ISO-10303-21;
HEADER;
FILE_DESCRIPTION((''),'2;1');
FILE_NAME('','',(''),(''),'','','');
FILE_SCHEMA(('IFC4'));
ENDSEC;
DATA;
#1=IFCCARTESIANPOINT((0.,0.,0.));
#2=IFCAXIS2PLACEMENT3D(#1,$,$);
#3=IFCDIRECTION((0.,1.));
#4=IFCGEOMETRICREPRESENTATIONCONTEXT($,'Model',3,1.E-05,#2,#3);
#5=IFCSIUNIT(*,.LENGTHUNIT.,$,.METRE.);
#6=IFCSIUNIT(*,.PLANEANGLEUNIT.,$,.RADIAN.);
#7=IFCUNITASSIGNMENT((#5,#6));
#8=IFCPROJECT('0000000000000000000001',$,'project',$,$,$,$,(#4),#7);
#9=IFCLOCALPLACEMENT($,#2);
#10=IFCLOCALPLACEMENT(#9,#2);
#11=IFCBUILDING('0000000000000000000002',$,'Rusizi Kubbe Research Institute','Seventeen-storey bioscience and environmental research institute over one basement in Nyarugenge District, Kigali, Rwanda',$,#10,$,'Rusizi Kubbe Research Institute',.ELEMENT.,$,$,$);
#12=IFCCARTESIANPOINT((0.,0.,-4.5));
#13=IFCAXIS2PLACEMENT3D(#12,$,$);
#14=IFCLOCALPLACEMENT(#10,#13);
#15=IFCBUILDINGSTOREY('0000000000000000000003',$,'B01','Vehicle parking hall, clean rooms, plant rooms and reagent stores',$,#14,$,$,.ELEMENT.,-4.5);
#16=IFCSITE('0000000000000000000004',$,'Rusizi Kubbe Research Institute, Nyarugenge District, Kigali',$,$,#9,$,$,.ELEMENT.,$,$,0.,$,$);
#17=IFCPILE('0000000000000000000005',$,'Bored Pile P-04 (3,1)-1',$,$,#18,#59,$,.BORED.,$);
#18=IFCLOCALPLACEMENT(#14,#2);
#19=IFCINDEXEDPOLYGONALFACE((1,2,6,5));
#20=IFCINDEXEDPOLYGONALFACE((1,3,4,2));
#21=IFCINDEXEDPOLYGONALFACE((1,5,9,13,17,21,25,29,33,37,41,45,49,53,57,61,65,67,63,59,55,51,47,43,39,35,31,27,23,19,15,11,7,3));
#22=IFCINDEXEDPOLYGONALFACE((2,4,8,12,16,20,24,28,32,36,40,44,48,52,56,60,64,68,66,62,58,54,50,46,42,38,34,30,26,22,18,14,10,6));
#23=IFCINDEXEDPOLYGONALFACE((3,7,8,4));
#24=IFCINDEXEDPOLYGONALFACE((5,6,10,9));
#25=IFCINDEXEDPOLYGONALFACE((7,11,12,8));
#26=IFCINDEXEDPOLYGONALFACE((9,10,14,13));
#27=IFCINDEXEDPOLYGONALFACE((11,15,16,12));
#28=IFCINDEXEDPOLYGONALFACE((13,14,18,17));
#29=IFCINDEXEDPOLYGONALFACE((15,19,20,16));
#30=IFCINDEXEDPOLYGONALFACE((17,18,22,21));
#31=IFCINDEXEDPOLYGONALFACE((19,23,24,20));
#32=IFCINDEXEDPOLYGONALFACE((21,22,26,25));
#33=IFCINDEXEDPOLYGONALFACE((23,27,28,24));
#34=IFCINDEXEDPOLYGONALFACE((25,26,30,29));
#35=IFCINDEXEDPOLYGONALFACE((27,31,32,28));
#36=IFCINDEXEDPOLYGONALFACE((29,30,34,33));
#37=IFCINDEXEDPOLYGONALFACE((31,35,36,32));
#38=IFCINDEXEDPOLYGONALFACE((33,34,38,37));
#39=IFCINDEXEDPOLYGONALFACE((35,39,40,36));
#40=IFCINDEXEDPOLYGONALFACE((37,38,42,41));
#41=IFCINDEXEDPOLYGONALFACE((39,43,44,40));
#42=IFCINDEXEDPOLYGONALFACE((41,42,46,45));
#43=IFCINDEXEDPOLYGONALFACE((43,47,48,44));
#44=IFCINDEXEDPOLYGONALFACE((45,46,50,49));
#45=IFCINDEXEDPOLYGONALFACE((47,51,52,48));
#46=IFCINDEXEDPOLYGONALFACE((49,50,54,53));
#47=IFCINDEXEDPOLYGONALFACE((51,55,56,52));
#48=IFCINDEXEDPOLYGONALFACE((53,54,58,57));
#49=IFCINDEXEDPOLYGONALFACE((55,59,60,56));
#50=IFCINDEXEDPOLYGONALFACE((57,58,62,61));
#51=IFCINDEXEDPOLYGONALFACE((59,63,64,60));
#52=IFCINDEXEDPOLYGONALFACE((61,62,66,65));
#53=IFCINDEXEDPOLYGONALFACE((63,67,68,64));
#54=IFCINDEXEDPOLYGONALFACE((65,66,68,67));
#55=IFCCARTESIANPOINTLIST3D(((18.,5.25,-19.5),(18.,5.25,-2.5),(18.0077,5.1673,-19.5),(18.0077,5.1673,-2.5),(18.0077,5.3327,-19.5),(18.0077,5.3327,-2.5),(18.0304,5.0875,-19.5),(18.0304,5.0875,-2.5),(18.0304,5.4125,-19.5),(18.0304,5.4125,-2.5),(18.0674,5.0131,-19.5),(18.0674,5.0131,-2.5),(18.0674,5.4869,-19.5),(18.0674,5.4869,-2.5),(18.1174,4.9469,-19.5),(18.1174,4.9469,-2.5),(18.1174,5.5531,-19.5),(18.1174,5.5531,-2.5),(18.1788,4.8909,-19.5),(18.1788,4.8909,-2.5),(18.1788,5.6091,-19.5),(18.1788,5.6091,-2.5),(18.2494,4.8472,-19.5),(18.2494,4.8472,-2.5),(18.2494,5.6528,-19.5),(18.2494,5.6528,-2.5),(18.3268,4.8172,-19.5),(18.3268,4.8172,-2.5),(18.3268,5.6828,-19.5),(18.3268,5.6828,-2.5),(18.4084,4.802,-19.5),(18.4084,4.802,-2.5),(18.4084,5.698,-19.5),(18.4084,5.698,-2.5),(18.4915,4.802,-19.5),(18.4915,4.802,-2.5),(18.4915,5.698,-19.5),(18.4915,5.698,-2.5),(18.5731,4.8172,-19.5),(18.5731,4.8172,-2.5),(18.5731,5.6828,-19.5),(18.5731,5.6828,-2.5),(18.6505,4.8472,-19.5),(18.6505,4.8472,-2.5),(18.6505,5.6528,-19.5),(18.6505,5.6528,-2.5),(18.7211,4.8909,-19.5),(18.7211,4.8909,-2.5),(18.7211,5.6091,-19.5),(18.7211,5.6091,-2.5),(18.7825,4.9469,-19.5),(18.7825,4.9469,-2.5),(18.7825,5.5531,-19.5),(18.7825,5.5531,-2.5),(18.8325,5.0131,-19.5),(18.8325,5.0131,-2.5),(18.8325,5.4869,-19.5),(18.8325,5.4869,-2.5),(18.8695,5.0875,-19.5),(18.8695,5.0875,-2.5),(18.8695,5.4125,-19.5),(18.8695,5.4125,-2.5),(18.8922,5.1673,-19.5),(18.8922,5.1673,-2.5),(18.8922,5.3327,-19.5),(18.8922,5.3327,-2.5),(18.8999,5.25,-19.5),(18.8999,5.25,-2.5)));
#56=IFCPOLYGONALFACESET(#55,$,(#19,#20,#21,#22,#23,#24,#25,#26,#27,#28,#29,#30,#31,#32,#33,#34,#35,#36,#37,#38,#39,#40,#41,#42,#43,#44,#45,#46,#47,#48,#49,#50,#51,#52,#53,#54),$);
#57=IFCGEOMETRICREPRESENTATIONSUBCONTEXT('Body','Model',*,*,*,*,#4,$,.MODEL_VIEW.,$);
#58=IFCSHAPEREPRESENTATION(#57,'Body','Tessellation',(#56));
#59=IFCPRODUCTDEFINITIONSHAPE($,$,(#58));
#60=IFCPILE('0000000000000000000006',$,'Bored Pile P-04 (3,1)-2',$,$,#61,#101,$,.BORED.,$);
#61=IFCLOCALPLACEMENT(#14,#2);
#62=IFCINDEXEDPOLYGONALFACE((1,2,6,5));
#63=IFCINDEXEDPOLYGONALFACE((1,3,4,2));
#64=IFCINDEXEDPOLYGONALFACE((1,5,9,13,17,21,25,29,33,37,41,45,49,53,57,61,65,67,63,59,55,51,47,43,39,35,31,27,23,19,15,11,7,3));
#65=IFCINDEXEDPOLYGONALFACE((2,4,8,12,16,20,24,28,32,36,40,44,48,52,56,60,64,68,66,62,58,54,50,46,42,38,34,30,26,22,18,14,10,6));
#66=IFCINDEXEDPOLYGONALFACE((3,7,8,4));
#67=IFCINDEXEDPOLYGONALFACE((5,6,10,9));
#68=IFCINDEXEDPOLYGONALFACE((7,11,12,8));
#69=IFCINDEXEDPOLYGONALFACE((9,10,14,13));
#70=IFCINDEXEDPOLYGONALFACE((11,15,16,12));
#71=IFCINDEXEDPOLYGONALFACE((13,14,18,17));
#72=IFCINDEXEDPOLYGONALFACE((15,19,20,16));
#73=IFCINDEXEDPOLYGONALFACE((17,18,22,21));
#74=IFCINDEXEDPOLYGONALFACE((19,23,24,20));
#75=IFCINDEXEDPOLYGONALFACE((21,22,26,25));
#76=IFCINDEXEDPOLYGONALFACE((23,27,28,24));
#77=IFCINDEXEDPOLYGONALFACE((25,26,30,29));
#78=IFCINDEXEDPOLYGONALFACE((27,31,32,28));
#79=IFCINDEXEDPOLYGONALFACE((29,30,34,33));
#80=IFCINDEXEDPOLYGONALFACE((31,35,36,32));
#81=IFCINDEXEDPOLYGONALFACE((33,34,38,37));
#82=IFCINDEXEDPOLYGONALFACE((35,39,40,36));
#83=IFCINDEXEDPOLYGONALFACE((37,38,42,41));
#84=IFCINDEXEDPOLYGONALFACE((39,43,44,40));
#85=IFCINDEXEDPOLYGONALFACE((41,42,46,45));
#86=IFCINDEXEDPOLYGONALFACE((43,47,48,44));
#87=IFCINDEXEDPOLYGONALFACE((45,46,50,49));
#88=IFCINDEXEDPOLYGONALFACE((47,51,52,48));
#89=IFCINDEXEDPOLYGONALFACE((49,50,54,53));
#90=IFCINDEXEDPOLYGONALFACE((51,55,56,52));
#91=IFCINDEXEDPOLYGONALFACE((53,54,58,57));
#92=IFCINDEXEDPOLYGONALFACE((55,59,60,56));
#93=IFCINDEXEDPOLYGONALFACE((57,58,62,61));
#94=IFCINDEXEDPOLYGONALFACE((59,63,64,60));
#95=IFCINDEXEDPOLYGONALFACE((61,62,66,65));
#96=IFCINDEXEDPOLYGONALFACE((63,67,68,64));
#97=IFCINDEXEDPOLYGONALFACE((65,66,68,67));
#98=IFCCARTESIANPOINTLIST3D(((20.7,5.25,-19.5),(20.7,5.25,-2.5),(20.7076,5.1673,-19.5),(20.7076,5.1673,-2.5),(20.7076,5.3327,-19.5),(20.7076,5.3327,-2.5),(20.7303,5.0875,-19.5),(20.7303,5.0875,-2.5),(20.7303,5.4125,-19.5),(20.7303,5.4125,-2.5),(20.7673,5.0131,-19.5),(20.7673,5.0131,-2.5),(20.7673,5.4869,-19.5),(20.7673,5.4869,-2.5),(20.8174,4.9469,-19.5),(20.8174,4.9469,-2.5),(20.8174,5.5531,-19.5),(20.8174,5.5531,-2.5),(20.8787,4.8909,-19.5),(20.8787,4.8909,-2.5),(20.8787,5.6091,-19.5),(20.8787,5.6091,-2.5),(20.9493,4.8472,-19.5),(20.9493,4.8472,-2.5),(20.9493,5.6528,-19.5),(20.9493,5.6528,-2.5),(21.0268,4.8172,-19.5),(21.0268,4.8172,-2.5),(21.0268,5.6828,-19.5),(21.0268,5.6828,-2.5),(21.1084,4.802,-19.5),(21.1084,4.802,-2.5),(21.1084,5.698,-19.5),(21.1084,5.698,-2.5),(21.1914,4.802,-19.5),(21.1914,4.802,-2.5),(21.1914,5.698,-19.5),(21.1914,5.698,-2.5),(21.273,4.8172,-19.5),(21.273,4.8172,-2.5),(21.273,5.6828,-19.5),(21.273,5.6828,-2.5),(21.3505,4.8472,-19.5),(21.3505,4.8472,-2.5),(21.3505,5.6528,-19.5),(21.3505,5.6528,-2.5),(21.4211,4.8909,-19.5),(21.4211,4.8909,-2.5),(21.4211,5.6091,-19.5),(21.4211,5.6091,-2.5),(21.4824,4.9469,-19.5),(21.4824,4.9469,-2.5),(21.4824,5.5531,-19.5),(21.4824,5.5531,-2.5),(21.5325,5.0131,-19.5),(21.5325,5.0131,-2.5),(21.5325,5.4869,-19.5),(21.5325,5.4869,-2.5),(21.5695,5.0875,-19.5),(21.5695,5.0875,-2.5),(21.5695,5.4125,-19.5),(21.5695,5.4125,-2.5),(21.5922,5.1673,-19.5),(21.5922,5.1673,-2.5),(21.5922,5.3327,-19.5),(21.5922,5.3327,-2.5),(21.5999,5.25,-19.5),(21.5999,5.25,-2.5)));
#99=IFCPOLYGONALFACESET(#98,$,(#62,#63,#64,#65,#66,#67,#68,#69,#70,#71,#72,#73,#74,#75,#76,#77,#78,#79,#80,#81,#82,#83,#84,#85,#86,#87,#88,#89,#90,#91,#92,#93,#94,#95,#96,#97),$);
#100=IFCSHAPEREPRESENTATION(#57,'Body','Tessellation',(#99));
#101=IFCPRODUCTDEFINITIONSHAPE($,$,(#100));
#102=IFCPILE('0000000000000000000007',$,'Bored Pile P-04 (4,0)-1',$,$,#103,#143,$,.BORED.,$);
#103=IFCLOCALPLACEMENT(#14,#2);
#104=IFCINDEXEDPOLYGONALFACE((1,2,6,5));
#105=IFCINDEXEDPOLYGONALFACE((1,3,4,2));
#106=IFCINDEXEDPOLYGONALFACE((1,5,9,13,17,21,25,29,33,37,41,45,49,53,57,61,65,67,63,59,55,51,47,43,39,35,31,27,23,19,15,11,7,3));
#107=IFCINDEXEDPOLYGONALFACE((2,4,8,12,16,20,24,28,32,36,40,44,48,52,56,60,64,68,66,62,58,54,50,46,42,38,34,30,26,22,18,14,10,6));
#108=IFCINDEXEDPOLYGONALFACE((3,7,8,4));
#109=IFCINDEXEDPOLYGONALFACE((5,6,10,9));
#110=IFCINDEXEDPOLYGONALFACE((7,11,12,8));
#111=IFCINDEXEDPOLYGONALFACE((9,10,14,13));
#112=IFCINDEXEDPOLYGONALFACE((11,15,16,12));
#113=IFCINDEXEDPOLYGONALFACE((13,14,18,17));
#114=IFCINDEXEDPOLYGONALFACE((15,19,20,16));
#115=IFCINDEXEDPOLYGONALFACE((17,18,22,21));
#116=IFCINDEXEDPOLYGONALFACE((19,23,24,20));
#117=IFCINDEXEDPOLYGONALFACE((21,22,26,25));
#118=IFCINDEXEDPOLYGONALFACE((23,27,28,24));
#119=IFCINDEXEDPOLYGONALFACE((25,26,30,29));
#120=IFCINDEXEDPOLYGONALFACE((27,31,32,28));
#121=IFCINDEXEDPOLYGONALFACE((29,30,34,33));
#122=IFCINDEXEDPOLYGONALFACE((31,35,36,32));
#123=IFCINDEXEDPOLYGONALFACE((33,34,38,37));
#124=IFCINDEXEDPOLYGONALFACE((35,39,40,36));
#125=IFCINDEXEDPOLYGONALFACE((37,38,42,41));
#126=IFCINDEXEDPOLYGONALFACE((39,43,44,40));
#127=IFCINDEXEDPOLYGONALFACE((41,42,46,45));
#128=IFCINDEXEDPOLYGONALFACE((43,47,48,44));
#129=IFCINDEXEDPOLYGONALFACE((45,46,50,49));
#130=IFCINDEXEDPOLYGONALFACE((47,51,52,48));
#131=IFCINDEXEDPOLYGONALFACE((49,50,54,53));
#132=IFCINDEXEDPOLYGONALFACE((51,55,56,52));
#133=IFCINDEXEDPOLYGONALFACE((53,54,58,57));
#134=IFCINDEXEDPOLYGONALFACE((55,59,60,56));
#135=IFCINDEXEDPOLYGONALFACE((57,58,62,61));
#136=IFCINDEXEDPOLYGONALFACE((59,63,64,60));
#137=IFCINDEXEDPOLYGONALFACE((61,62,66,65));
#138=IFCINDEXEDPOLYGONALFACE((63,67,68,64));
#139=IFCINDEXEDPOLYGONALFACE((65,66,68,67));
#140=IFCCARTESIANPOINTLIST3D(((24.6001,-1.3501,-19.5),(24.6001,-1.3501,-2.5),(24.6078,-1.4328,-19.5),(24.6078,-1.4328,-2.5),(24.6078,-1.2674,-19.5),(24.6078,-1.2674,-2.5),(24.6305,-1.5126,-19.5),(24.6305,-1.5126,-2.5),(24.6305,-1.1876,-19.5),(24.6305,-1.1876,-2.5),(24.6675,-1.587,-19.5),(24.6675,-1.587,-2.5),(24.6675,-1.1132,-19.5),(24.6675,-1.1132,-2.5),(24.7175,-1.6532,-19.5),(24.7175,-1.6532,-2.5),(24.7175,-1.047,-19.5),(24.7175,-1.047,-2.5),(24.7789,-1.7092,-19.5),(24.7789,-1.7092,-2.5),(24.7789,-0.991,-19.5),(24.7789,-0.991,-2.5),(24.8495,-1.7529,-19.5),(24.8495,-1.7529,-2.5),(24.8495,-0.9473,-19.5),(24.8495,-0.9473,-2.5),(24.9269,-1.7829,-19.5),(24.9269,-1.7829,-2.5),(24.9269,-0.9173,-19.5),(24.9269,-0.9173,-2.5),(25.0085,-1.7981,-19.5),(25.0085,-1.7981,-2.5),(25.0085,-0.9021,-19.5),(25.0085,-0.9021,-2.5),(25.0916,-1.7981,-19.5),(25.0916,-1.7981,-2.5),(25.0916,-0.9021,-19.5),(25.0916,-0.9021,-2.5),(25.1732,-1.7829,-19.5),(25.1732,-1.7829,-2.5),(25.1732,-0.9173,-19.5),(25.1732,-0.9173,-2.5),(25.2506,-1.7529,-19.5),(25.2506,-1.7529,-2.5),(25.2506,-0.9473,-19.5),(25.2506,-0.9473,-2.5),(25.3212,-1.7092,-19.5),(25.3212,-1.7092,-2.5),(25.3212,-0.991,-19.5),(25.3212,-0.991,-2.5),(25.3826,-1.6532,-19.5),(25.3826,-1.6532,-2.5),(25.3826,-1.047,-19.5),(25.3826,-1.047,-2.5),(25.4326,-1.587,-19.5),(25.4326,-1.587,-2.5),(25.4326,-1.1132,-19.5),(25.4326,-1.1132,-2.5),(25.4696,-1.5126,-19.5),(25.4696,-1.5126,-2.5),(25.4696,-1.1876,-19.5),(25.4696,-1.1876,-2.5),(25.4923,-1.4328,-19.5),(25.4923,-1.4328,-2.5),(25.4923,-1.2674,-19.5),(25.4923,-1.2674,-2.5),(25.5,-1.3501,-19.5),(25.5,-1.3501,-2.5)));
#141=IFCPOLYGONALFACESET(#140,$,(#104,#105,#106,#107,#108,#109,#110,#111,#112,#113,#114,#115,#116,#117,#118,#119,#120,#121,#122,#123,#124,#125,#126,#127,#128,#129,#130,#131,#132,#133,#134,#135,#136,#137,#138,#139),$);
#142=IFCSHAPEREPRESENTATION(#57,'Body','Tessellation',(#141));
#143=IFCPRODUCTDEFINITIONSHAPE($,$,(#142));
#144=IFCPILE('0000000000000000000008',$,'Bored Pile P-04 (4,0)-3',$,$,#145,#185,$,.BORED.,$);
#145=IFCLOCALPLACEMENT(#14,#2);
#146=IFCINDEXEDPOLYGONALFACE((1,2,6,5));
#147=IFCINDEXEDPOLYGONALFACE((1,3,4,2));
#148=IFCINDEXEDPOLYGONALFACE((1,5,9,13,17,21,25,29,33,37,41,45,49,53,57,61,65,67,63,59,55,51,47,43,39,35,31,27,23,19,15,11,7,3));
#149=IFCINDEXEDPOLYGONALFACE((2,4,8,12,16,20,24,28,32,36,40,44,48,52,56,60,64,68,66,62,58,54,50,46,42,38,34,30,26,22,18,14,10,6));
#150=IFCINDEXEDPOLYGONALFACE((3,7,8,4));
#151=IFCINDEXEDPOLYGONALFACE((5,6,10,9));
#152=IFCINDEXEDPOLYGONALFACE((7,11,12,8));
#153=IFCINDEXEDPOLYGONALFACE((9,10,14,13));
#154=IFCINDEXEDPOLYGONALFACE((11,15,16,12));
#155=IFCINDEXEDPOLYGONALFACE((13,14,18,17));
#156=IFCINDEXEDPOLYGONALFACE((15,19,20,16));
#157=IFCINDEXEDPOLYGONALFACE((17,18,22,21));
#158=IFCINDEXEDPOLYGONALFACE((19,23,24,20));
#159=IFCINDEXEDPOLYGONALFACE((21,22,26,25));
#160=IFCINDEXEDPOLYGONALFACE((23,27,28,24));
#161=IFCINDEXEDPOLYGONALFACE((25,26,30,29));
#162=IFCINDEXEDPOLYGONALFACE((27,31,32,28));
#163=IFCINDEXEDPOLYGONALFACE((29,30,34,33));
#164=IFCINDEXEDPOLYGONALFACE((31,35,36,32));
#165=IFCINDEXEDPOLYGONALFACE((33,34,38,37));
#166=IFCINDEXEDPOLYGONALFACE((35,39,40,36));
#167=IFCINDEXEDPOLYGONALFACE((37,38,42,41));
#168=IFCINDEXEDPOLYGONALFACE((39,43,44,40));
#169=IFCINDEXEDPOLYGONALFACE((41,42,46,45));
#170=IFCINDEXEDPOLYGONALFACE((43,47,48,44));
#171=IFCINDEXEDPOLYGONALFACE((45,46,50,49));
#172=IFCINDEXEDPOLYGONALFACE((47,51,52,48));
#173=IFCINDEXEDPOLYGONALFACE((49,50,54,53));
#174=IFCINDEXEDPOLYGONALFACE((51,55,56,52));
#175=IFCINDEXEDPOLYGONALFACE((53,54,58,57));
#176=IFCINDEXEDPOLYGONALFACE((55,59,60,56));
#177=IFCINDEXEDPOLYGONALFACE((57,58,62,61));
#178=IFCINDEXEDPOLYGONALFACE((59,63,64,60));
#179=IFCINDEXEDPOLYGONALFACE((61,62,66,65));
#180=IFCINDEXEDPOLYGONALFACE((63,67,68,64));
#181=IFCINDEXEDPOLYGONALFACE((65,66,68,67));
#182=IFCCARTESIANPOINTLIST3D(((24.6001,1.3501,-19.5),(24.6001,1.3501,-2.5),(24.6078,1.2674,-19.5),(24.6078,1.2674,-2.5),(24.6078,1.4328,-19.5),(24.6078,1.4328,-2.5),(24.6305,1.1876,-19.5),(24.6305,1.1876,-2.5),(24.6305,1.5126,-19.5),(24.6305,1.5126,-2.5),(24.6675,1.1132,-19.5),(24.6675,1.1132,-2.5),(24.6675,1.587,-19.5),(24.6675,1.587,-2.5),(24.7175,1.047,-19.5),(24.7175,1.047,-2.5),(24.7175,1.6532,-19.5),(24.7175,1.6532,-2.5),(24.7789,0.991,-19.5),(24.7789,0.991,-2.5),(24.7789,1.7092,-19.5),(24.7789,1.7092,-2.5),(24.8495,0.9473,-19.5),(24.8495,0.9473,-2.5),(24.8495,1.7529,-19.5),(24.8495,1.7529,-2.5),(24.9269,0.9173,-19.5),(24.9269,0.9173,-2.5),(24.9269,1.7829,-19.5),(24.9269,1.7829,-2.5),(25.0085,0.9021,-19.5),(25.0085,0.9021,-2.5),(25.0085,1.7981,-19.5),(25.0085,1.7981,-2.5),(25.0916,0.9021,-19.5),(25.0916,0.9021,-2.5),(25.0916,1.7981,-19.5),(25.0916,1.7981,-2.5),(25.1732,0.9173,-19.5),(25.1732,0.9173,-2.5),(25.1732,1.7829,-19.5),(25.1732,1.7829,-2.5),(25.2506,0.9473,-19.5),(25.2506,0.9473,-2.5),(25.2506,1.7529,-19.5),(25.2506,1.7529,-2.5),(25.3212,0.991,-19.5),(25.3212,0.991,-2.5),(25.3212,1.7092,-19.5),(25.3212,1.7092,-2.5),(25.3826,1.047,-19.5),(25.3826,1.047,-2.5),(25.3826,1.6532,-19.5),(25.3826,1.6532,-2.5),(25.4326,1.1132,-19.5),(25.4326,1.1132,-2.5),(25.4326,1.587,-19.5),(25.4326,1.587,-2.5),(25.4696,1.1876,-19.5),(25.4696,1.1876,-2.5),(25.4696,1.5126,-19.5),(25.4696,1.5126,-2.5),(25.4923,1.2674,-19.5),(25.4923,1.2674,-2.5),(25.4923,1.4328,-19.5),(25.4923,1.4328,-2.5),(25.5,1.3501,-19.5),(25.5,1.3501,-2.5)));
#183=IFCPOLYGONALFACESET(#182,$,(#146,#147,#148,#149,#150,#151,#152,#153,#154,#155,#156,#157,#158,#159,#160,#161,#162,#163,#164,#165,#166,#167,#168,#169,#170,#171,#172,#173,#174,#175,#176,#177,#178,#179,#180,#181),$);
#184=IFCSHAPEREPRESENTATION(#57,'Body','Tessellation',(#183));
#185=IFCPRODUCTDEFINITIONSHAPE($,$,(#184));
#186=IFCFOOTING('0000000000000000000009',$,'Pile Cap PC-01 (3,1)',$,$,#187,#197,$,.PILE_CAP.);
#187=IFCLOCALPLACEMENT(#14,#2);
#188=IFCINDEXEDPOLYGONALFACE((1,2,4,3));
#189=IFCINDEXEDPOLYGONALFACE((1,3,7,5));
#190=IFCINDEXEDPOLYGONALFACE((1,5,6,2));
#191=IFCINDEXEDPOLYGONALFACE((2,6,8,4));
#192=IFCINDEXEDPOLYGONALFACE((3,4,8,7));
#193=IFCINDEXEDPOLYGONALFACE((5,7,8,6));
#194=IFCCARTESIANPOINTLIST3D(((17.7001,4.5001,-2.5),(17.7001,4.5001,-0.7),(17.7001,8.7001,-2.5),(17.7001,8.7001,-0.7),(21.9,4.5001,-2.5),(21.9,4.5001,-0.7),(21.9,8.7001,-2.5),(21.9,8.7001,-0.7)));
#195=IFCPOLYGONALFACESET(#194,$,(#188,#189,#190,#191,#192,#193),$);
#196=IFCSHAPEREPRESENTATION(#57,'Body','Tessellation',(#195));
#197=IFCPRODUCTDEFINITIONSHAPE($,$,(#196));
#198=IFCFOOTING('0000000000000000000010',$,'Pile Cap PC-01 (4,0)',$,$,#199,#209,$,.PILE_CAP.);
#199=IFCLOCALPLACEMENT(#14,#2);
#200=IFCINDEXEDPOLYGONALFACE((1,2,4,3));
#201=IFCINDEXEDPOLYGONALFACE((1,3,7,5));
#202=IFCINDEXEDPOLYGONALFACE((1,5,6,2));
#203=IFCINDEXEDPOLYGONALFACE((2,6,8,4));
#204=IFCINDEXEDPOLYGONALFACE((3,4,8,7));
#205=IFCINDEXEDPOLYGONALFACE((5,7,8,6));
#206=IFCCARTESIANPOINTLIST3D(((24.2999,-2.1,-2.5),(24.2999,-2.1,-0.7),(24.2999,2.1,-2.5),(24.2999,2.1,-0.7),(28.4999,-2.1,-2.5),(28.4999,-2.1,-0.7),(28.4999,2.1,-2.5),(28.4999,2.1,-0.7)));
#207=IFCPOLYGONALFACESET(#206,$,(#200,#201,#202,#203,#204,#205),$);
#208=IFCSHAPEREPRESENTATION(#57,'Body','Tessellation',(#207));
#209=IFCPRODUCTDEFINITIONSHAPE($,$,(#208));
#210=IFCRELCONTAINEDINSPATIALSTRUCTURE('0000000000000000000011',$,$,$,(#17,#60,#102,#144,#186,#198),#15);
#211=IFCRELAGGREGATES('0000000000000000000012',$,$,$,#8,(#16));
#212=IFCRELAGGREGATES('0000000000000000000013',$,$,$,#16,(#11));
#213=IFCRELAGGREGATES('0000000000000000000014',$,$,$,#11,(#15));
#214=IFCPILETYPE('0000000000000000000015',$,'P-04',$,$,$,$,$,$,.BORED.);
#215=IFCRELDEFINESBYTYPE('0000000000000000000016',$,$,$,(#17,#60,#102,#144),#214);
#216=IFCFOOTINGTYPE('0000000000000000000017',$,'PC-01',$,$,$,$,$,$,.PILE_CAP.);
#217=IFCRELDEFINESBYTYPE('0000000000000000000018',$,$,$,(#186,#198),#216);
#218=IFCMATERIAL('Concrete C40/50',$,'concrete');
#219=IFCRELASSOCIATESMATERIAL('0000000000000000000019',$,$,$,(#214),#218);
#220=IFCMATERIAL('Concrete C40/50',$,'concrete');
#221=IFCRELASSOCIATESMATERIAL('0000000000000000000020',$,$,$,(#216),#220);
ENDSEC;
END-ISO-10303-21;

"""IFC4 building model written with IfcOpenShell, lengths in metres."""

from ifc_helpers import new_model, si_unit, direction, frame, origin, origin_2d, place, context, subcontext, project, spatial, rectangle, circle, extrude, material, material_profile, profile_set, type_object, element, save


model = new_model("IFC4")

# Units and contexts
model_context = context("Model", 3, precision=1e-05, world=origin(), true_north=direction((0.0, 1.0)))
body_context = subcontext(model_context, "Body", "Model", "MODEL_VIEW")
ifc_project = project(units=[si_unit("LENGTHUNIT", "METRE"), si_unit("PLANEANGLEUNIT", "RADIAN")], contexts=[model_context])

# Site, building, storey
site_placement = place(None, origin())
site = spatial("IfcSite", under=ifc_project, at=site_placement, Name="Rusizi Kubbe Research Institute, Nyarugenge District, Kigali", CompositionType="ELEMENT", RefElevation=0.0)
building_placement = place(site_placement, origin())
building = spatial("IfcBuilding", under=site, at=building_placement, Name="Rusizi Kubbe Research Institute", Description="Seventeen-storey bioscience and environmental research institute over one basement in Nyarugenge District, Kigali, Rwanda", LongName="Rusizi Kubbe Research Institute", CompositionType="ELEMENT")
storey_placement = place(building_placement, frame((0.0, 0.0, -4.5)))
storey = spatial("IfcBuildingStorey", under=building, at=storey_placement, Name="B01", Description="Vehicle parking hall, clean rooms, plant rooms and reagent stores", CompositionType="ELEMENT", Elevation=-4.5)

# Piles
ifc_material_1 = material(Name="Concrete C40/50", Category="concrete")
ifc_material_profile_1 = material_profile(ifc_material_1, circle(Radius=0.45, at=origin_2d()), Name="PILE-D900")
ifc_profile_set_1 = profile_set([ifc_material_profile_1], Name="Concrete C40/50")
pile_type_1 = type_object("IfcPileType", Name="P-04", PredefinedType="BORED", material=ifc_profile_set_1)
for number, where, z_axis, x_axis, name in (
    (1, (18.45, 5.25, -2.5), (0.0, 0.0, -1.0), (1.0, 0.0, 0.0), "Bored Pile P-04 (3,1)-1"),
    (2, (21.1499, 5.25, -2.5), (0.0, 0.0, -1.0), (1.0, 0.0, 0.0), "Bored Pile P-04 (3,1)-2"),
    (3, (25.05, -1.3501, -2.5), (0.0, 0.0, -1.0), (1.0, 0.0, 0.0), "Bored Pile P-04 (4,0)-1"),
    (4, (25.05, 1.3501, -2.5), (0.0, 0.0, -1.0), (1.0, 0.0, 0.0), "Bored Pile P-04 (4,0)-3"),
):
    element("IfcPile", number, at=place(storey_placement, frame(where, z_axis=z_axis, x_axis=x_axis)), inside=storey, type_object=pile_type_1, Name=name, PredefinedType="BORED", context=body_context, shape_type="SweptSolid", body=[
        extrude(circle(Radius=0.45, at=origin_2d()), origin(), (0.0, 0.0, 1.0), 17.0),
    ])

# Footings
ifc_material_2 = material(Name="Concrete C40/50", Category="concrete")
footing_type_1 = type_object("IfcFootingType", Name="PC-01", PredefinedType="PILE_CAP", material=ifc_material_2)
for number, where, z_axis, x_axis, name in (
    (5, (19.8, 6.6001, -2.5), (0.0, 0.0, 1.0), (1.0, 0.0, 0.0), "Pile Cap PC-01 (3,1)"),
    (6, (26.3999, 0.0, -2.5), (0.0, 0.0, 1.0), (1.0, 0.0, 0.0), "Pile Cap PC-01 (4,0)"),
):
    element("IfcFooting", number, at=place(storey_placement, frame(where, z_axis=z_axis, x_axis=x_axis)), inside=storey, type_object=footing_type_1, Name=name, PredefinedType="PILE_CAP", context=body_context, shape_type="SweptSolid", body=[
        extrude(rectangle(XDim=4.2, YDim=4.2, at=origin_2d()), origin(), (0.0, 0.0, 1.0), 1.8),
    ])

save(model, "model.ifc")
